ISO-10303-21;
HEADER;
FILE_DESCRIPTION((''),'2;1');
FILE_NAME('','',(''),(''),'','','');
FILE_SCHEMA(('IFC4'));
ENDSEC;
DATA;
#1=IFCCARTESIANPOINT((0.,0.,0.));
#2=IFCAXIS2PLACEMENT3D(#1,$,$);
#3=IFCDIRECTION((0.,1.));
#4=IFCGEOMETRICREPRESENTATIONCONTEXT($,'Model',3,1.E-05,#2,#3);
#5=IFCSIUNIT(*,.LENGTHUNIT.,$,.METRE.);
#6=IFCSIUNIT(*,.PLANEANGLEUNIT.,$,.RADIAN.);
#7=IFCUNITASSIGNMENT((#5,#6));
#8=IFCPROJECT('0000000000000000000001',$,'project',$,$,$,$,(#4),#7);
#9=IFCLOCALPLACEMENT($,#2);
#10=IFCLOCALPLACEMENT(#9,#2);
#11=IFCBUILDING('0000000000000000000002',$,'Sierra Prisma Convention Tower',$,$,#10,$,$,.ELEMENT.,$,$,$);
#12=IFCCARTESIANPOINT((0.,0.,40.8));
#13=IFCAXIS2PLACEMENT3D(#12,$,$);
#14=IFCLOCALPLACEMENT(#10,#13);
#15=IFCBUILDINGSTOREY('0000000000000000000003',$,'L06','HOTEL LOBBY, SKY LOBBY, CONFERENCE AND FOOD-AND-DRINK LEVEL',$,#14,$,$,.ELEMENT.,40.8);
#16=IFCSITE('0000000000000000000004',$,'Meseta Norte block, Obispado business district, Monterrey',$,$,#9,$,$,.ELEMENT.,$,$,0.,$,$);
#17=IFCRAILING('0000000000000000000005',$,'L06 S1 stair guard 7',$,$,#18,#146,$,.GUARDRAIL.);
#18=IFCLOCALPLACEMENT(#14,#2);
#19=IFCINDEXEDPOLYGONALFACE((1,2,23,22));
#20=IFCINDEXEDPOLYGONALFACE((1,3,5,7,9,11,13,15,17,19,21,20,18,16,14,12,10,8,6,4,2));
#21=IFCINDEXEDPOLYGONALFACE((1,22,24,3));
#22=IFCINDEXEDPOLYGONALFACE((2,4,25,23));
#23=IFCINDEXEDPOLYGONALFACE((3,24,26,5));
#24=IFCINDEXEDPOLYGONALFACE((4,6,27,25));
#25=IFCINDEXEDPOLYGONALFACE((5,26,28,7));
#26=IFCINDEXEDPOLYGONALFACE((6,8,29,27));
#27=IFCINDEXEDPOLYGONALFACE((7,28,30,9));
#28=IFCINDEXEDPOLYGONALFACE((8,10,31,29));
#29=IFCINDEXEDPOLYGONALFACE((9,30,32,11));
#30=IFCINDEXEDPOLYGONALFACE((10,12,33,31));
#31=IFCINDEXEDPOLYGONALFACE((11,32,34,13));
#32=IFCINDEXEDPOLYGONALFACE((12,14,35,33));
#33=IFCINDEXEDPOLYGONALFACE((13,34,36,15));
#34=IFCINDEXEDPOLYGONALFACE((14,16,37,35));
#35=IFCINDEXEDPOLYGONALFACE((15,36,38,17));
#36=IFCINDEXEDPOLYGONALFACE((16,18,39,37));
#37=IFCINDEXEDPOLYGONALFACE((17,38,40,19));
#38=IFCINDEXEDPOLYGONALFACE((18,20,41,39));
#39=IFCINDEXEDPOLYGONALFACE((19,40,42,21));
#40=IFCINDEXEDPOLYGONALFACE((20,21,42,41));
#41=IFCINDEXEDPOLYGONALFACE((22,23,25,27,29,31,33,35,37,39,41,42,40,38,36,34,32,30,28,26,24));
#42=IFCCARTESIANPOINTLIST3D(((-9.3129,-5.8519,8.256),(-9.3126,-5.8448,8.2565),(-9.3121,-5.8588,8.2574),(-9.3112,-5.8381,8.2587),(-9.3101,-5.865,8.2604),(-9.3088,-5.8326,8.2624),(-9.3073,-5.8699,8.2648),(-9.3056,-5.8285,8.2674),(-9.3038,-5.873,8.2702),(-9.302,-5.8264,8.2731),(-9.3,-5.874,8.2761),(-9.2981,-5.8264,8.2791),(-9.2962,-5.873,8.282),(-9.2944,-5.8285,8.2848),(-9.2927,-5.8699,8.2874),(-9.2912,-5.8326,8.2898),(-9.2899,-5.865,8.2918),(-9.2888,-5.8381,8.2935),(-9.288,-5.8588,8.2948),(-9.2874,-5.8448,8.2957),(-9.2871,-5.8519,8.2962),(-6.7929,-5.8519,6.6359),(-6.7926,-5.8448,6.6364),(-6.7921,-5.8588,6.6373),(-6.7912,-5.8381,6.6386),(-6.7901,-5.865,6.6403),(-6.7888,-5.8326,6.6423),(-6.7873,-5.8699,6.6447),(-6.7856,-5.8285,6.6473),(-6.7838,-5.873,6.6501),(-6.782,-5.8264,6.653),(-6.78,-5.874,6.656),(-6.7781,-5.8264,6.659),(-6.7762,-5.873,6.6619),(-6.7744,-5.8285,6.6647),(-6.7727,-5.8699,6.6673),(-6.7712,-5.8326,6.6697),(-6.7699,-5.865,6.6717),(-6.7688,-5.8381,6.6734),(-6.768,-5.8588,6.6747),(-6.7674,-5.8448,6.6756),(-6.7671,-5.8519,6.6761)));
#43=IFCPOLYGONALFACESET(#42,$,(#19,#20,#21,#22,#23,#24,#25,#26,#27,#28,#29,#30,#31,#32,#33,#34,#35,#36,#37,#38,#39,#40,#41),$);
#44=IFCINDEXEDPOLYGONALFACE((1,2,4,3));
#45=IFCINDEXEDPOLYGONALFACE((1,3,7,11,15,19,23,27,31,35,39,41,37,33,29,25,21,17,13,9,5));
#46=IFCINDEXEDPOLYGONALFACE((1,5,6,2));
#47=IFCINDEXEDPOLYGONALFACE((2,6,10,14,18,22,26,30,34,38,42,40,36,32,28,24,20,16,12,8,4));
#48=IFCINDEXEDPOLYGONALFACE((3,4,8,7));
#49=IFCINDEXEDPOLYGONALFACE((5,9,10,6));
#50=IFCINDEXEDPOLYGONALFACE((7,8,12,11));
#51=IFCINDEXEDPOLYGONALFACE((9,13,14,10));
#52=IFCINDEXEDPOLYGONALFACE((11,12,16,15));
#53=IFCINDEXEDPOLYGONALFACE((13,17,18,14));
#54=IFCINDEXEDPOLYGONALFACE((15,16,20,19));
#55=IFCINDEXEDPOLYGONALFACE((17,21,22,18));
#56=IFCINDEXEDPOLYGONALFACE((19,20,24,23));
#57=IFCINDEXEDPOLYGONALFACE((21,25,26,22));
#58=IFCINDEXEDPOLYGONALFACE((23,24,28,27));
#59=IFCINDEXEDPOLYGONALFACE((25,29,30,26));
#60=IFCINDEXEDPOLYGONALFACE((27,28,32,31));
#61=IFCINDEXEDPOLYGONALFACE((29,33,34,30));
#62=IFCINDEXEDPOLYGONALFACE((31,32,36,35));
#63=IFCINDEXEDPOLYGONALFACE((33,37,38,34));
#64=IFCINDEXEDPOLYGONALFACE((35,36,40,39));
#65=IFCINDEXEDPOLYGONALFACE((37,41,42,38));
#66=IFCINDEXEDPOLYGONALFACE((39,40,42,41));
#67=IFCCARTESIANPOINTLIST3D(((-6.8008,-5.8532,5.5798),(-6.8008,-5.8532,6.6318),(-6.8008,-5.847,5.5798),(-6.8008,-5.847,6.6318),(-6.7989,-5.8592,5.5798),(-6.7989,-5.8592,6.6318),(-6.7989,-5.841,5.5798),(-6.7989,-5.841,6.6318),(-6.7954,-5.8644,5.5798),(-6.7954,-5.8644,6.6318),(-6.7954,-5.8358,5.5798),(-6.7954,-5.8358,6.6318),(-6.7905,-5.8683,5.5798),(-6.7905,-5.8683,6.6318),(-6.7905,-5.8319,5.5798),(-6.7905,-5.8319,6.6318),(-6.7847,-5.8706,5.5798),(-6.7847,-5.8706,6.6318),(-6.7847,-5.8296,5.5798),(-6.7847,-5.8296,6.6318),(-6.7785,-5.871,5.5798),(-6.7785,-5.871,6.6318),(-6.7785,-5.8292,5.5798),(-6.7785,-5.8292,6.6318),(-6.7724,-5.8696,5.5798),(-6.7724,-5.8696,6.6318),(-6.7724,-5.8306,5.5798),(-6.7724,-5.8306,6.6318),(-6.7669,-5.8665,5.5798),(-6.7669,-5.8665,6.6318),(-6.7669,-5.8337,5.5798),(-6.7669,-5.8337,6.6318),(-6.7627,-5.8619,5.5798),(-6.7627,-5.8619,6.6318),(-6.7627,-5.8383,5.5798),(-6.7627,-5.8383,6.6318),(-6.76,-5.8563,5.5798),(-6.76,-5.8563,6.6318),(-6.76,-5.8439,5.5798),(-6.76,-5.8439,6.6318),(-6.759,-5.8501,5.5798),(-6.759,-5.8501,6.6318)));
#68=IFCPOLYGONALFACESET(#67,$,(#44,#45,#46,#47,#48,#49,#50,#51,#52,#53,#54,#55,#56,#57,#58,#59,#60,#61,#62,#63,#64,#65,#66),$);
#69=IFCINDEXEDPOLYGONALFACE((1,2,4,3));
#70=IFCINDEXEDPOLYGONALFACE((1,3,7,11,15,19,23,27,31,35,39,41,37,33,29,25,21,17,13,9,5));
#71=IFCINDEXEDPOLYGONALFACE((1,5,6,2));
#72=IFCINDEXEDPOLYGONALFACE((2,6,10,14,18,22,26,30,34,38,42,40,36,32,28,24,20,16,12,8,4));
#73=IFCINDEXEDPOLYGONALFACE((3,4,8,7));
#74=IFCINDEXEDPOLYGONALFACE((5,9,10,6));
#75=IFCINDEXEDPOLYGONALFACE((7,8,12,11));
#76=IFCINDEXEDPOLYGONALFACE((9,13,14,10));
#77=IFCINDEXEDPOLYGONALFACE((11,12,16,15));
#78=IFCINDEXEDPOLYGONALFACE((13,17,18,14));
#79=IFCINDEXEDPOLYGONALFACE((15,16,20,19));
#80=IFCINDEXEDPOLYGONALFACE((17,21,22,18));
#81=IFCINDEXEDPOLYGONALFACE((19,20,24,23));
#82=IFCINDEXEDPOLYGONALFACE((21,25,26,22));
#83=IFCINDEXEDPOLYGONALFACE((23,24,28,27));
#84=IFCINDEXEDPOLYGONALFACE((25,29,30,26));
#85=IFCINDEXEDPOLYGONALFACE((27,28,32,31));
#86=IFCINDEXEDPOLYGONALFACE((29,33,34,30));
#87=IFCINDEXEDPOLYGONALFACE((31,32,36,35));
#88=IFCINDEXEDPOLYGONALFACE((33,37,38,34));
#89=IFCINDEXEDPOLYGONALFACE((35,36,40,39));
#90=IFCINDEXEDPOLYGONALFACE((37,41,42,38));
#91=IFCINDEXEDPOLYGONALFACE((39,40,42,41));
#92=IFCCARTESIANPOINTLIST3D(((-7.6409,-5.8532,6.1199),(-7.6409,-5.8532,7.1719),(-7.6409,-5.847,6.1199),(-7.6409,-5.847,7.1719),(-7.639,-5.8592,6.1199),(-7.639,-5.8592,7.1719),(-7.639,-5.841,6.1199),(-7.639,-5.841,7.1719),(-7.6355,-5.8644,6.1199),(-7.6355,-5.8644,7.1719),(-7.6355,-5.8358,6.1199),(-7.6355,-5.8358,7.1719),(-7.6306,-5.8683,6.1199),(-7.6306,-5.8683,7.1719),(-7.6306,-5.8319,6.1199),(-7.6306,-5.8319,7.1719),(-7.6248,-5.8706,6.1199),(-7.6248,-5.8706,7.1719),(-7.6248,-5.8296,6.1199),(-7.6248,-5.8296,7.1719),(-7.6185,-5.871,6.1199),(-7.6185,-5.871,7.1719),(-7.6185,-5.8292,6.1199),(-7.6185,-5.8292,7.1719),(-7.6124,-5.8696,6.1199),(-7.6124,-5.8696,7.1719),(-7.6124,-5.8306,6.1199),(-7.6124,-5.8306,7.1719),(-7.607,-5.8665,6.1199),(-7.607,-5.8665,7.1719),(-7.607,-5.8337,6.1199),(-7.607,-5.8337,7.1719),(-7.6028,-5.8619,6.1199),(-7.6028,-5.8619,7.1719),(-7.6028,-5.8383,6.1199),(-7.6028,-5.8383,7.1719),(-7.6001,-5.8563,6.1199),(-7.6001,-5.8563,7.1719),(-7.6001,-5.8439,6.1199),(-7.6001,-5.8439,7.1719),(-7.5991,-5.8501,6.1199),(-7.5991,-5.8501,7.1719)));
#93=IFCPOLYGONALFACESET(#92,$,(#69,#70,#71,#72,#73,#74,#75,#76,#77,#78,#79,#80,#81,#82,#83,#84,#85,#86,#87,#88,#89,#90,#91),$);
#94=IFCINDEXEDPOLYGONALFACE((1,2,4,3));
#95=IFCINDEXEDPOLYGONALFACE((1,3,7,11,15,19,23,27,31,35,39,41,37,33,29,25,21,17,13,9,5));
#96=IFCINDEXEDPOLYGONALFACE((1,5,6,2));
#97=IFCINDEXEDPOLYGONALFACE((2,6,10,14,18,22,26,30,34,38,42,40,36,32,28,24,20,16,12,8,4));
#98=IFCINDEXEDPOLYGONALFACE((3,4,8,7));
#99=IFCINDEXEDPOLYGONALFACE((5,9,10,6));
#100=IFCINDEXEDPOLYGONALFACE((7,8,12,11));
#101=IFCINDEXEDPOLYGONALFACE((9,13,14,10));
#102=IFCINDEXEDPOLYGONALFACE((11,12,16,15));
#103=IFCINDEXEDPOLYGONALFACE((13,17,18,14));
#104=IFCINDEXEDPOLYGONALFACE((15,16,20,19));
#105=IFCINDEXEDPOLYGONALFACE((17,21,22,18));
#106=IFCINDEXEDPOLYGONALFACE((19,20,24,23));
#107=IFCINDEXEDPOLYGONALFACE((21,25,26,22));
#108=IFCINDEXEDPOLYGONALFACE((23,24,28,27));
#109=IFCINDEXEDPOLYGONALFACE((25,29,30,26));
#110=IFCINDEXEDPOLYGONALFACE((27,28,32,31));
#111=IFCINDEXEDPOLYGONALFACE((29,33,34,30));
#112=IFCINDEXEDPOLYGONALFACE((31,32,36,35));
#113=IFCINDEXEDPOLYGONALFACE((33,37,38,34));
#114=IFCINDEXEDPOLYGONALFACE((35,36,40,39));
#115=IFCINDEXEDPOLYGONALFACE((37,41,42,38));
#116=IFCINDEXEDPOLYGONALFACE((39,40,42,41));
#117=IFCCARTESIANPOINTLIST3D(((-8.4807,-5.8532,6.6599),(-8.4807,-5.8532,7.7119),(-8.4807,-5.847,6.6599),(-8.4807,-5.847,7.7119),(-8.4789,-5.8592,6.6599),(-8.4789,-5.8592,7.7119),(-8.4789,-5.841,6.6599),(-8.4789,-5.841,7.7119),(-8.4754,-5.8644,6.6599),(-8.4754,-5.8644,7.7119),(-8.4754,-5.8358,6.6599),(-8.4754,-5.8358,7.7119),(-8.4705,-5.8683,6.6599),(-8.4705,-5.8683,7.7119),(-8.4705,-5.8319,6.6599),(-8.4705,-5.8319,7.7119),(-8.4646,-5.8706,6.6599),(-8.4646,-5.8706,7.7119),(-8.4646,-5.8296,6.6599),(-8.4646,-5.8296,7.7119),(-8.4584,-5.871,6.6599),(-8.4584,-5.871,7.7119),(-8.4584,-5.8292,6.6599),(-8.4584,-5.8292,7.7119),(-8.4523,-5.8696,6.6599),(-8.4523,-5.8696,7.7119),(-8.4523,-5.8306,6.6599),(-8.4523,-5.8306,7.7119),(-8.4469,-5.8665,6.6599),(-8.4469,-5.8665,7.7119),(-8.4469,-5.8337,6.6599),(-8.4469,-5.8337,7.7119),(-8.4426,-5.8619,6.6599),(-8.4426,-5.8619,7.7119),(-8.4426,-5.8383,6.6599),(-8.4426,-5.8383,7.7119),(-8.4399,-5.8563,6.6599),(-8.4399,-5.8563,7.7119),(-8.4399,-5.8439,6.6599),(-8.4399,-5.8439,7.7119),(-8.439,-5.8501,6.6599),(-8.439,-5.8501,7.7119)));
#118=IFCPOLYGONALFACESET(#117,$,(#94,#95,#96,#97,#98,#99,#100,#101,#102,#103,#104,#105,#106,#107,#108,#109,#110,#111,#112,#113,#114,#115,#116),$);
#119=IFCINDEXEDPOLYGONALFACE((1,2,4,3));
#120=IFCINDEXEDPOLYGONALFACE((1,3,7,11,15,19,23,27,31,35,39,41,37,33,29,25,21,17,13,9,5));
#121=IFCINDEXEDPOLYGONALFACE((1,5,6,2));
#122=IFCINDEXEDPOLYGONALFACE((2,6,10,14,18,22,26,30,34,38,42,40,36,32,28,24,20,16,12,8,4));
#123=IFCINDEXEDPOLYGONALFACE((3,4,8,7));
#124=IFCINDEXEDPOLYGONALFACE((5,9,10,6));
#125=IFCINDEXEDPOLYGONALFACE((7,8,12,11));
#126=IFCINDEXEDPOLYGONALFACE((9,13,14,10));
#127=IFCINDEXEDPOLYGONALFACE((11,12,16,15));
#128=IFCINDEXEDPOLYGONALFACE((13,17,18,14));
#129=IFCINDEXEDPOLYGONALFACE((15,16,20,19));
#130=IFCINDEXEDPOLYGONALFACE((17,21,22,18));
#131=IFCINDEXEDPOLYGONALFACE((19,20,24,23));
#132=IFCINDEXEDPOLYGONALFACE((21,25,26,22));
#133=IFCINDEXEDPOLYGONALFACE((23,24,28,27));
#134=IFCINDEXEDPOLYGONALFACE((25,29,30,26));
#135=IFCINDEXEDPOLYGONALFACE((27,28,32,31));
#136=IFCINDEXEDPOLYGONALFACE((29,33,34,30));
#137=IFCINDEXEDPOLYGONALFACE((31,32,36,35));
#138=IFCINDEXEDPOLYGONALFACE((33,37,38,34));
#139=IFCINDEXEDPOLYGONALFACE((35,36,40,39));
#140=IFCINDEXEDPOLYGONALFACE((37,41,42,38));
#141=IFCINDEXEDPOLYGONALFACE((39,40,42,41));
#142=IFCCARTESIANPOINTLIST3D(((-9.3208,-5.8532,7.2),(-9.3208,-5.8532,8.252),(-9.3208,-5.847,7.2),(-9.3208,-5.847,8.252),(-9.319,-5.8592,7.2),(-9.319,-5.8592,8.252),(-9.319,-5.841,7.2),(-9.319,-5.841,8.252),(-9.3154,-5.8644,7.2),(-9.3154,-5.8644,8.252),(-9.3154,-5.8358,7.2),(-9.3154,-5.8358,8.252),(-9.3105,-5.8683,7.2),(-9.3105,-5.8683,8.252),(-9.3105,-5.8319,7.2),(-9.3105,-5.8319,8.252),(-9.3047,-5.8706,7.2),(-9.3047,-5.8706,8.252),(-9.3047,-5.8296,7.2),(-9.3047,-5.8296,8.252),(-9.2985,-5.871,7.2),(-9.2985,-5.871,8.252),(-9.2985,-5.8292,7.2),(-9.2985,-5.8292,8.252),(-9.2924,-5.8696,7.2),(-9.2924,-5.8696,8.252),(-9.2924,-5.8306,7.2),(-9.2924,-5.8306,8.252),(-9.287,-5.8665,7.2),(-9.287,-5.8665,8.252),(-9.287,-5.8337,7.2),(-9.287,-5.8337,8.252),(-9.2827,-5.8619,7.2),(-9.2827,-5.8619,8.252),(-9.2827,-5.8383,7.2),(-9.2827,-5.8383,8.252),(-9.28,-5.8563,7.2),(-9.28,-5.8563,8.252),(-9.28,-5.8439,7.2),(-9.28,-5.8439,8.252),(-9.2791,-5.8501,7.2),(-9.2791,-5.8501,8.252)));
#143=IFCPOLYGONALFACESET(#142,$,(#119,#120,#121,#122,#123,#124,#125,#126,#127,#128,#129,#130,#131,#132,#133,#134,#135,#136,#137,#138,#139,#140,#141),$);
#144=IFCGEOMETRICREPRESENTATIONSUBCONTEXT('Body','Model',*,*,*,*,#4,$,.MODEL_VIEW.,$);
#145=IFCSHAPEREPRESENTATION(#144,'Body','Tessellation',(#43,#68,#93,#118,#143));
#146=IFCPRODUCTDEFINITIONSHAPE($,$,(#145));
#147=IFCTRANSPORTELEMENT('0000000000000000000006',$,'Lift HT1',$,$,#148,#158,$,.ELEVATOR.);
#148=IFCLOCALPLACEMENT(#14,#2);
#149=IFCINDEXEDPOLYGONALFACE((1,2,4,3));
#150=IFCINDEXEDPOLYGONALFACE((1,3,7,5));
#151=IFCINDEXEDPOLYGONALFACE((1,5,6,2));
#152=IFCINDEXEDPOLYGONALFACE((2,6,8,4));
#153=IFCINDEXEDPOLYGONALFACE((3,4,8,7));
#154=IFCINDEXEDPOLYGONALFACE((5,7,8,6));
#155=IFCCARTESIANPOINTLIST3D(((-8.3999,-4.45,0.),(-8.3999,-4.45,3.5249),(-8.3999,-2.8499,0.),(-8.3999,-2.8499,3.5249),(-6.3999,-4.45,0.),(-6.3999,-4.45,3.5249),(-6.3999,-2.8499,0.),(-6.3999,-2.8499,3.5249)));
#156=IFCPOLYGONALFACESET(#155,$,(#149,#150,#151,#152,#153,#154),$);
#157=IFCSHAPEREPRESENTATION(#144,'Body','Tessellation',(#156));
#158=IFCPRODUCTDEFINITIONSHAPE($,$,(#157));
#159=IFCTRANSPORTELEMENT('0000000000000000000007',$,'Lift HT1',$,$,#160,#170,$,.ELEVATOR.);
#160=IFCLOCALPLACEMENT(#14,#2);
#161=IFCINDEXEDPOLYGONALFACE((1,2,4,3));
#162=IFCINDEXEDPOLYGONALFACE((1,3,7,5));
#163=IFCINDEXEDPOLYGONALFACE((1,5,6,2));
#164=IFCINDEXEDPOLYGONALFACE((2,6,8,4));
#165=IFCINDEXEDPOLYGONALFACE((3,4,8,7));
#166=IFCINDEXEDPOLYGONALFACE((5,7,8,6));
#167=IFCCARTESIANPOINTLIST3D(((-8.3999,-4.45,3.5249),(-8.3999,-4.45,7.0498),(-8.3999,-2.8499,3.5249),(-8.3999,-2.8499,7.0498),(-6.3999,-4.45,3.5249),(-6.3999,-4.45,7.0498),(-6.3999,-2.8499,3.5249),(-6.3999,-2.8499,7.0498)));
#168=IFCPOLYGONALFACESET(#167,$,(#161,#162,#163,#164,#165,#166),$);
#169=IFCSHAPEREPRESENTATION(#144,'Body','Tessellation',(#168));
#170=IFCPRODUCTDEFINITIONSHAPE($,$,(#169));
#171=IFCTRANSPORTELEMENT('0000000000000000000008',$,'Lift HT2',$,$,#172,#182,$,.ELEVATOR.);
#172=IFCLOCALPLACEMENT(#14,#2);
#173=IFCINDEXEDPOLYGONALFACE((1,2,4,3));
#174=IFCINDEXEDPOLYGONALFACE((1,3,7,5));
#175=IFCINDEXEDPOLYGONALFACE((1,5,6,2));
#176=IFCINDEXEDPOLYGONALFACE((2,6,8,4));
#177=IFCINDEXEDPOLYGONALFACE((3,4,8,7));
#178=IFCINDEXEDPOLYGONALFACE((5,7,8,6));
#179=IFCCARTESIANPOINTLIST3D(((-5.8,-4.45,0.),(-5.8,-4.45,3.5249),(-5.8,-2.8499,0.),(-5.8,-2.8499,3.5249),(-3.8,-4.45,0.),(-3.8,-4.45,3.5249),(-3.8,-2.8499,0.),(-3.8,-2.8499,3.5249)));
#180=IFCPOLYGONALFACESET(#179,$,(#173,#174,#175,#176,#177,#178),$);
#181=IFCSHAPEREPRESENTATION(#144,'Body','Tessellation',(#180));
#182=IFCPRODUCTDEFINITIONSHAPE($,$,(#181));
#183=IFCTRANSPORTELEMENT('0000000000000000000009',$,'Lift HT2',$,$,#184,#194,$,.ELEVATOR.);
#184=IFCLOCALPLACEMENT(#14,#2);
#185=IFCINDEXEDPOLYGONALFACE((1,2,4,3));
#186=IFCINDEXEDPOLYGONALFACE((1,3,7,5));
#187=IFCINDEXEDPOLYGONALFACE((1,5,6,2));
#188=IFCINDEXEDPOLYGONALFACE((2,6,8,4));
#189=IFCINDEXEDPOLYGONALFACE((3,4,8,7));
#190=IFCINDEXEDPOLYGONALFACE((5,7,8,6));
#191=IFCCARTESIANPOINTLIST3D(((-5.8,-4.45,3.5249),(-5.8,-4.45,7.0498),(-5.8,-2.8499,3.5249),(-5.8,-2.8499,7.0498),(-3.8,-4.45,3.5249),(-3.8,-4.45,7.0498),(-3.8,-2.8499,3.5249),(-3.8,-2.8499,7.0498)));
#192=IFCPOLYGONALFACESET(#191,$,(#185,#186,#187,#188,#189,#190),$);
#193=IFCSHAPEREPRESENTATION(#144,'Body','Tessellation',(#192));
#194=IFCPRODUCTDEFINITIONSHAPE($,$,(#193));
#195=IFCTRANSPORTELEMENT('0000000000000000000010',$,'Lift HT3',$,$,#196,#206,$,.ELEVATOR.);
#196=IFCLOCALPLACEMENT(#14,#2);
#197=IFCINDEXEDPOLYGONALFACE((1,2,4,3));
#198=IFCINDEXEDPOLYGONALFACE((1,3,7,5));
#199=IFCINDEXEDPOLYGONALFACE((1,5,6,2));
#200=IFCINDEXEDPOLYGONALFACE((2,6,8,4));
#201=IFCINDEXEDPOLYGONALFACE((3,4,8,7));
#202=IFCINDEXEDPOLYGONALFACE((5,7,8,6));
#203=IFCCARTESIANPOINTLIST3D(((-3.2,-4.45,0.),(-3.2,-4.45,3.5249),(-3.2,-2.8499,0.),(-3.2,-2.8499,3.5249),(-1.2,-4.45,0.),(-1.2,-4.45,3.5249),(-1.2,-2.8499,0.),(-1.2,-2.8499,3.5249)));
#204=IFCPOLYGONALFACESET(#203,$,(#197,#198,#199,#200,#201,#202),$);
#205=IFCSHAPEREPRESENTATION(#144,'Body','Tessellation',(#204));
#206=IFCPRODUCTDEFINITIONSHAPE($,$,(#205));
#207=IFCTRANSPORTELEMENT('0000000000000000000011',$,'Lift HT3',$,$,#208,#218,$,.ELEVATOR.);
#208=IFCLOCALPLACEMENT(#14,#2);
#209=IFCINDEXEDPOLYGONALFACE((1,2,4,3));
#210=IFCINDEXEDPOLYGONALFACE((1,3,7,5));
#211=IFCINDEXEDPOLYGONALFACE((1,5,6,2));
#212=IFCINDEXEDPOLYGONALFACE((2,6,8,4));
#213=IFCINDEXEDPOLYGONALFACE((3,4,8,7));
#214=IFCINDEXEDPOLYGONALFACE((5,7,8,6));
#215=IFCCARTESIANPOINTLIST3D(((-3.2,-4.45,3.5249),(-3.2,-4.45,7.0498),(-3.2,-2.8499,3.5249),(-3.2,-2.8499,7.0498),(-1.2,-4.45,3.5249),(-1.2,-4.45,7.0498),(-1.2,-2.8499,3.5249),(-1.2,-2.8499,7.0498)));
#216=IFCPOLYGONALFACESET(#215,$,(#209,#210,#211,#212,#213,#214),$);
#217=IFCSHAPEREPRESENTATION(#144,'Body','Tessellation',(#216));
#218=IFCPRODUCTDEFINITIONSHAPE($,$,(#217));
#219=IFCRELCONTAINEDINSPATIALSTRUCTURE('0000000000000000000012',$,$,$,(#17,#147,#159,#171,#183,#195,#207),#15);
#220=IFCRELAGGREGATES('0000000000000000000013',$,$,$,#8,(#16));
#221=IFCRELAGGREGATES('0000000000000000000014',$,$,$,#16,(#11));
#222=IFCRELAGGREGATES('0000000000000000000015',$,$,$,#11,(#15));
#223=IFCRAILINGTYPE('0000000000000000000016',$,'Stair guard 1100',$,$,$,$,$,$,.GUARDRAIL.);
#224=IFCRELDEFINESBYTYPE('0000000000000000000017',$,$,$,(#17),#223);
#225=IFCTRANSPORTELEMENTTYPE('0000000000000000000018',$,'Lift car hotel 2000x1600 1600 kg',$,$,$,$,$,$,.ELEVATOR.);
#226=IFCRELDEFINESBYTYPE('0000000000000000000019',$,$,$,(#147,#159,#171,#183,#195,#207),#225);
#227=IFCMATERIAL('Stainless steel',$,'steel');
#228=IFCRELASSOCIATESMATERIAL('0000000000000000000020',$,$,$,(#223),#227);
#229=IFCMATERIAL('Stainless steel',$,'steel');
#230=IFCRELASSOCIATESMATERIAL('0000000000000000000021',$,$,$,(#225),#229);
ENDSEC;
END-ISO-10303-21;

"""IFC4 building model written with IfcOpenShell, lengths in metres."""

from ifc_helpers import new_model, si_unit, direction, frame, origin, origin_2d, place, context, subcontext, project, spatial, rectangle, circle, extrude, material, type_object, element, save


model = new_model("IFC4")

# Units and contexts
model_context = context("Model", 3, precision=1e-05, world=origin(), true_north=direction((0.0, 1.0)))
body_context = subcontext(model_context, "Body", "Model", "MODEL_VIEW")
ifc_project = project(units=[si_unit("LENGTHUNIT", "METRE"), si_unit("PLANEANGLEUNIT", "RADIAN")], contexts=[model_context])

# Site, building, storey
site_placement = place(None, origin())
site = spatial("IfcSite", under=ifc_project, at=site_placement, Name="Meseta Norte block, Obispado business district, Monterrey", CompositionType="ELEMENT", RefElevation=0.0)
building_placement = place(site_placement, origin())
building = spatial("IfcBuilding", under=site, at=building_placement, Name="Sierra Prisma Convention Tower", CompositionType="ELEMENT")
storey_placement = place(building_placement, frame((0.0, 0.0, 40.8)))
storey = spatial("IfcBuildingStorey", under=building, at=storey_placement, Name="L06", Description="HOTEL LOBBY, SKY LOBBY, CONFERENCE AND FOOD-AND-DRINK LEVEL", CompositionType="ELEMENT", Elevation=40.8)

# Railing
ifc_material_1 = material(Name="Stainless steel", Category="steel")
railing_type_1 = type_object("IfcRailingType", Name="Stair guard 1100", PredefinedType="GUARDRAIL", material=ifc_material_1)
railing_1_placement = place(storey_placement, frame((-6.78, -5.8501, 5.5798)))
element("IfcRailing", 1, at=railing_1_placement, inside=storey, type_object=railing_type_1, Name="L06 S1 stair guard 7", PredefinedType="GUARDRAIL", context=body_context, shape_type="SweptSolid", body=[
    extrude(circle(Radius=0.0239, at=origin_2d()), frame((0.0, 0.0, 1.0762), z_axis=(-0.841163, 0.0, 0.540782), x_axis=(0.0, -1.0, 0.0)), (0.0, 0.0, 1.0), 2.9958),
    extrude(circle(Radius=0.021, at=origin_2d()), origin(), (0.0, 0.0, 1.0), 1.052),
    extrude(circle(Radius=0.021, at=origin_2d()), frame((-0.8401, 0.0, 0.54)), (0.0, 0.0, 1.0), 1.052),
    extrude(circle(Radius=0.021, at=origin_2d()), frame((-1.6799, 0.0, 1.0801)), (0.0, 0.0, 1.0), 1.052),
    extrude(circle(Radius=0.021, at=origin_2d()), frame((-2.52, 0.0, 1.6201)), (0.0, 0.0, 1.0), 1.052),
])

# Transport elements
ifc_material_2 = material(Name="Stainless steel", Category="steel")
transport_element_type = type_object("IfcTransportElementType", Name="Lift car hotel 2000x1600 1600 kg", PredefinedType="ELEVATOR", material=ifc_material_2)
for number, where, z_axis, x_axis, name in (
    (2, (-7.3999, -3.6499, 0.0), (0.0, 0.0, 1.0), (1.0, 0.0, 0.0), "Lift HT1"),
    (3, (-7.3999, -3.6499, 3.5249), (0.0, 0.0, 1.0), (1.0, 0.0, 0.0), "Lift HT1"),
    (4, (-4.8, -3.6499, 0.0), (0.0, 0.0, 1.0), (1.0, 0.0, 0.0), "Lift HT2"),
    (5, (-4.8, -3.6499, 3.5249), (0.0, 0.0, 1.0), (1.0, 0.0, 0.0), "Lift HT2"),
    (6, (-2.2, -3.6499, 0.0), (0.0, 0.0, 1.0), (1.0, 0.0, 0.0), "Lift HT3"),
    (7, (-2.2, -3.6499, 3.5249), (0.0, 0.0, 1.0), (1.0, 0.0, 0.0), "Lift HT3"),
):
    element("IfcTransportElement", number, at=place(storey_placement, frame(where, z_axis=z_axis, x_axis=x_axis)), inside=storey, type_object=transport_element_type, Name=name, PredefinedType="ELEVATOR", context=body_context, shape_type="SweptSolid", body=[
        extrude(rectangle(XDim=2.0, YDim=1.6001, at=origin_2d()), origin(), (0.0, 0.0, 1.0), 3.5249),
    ])

save(model, "model.ifc")
